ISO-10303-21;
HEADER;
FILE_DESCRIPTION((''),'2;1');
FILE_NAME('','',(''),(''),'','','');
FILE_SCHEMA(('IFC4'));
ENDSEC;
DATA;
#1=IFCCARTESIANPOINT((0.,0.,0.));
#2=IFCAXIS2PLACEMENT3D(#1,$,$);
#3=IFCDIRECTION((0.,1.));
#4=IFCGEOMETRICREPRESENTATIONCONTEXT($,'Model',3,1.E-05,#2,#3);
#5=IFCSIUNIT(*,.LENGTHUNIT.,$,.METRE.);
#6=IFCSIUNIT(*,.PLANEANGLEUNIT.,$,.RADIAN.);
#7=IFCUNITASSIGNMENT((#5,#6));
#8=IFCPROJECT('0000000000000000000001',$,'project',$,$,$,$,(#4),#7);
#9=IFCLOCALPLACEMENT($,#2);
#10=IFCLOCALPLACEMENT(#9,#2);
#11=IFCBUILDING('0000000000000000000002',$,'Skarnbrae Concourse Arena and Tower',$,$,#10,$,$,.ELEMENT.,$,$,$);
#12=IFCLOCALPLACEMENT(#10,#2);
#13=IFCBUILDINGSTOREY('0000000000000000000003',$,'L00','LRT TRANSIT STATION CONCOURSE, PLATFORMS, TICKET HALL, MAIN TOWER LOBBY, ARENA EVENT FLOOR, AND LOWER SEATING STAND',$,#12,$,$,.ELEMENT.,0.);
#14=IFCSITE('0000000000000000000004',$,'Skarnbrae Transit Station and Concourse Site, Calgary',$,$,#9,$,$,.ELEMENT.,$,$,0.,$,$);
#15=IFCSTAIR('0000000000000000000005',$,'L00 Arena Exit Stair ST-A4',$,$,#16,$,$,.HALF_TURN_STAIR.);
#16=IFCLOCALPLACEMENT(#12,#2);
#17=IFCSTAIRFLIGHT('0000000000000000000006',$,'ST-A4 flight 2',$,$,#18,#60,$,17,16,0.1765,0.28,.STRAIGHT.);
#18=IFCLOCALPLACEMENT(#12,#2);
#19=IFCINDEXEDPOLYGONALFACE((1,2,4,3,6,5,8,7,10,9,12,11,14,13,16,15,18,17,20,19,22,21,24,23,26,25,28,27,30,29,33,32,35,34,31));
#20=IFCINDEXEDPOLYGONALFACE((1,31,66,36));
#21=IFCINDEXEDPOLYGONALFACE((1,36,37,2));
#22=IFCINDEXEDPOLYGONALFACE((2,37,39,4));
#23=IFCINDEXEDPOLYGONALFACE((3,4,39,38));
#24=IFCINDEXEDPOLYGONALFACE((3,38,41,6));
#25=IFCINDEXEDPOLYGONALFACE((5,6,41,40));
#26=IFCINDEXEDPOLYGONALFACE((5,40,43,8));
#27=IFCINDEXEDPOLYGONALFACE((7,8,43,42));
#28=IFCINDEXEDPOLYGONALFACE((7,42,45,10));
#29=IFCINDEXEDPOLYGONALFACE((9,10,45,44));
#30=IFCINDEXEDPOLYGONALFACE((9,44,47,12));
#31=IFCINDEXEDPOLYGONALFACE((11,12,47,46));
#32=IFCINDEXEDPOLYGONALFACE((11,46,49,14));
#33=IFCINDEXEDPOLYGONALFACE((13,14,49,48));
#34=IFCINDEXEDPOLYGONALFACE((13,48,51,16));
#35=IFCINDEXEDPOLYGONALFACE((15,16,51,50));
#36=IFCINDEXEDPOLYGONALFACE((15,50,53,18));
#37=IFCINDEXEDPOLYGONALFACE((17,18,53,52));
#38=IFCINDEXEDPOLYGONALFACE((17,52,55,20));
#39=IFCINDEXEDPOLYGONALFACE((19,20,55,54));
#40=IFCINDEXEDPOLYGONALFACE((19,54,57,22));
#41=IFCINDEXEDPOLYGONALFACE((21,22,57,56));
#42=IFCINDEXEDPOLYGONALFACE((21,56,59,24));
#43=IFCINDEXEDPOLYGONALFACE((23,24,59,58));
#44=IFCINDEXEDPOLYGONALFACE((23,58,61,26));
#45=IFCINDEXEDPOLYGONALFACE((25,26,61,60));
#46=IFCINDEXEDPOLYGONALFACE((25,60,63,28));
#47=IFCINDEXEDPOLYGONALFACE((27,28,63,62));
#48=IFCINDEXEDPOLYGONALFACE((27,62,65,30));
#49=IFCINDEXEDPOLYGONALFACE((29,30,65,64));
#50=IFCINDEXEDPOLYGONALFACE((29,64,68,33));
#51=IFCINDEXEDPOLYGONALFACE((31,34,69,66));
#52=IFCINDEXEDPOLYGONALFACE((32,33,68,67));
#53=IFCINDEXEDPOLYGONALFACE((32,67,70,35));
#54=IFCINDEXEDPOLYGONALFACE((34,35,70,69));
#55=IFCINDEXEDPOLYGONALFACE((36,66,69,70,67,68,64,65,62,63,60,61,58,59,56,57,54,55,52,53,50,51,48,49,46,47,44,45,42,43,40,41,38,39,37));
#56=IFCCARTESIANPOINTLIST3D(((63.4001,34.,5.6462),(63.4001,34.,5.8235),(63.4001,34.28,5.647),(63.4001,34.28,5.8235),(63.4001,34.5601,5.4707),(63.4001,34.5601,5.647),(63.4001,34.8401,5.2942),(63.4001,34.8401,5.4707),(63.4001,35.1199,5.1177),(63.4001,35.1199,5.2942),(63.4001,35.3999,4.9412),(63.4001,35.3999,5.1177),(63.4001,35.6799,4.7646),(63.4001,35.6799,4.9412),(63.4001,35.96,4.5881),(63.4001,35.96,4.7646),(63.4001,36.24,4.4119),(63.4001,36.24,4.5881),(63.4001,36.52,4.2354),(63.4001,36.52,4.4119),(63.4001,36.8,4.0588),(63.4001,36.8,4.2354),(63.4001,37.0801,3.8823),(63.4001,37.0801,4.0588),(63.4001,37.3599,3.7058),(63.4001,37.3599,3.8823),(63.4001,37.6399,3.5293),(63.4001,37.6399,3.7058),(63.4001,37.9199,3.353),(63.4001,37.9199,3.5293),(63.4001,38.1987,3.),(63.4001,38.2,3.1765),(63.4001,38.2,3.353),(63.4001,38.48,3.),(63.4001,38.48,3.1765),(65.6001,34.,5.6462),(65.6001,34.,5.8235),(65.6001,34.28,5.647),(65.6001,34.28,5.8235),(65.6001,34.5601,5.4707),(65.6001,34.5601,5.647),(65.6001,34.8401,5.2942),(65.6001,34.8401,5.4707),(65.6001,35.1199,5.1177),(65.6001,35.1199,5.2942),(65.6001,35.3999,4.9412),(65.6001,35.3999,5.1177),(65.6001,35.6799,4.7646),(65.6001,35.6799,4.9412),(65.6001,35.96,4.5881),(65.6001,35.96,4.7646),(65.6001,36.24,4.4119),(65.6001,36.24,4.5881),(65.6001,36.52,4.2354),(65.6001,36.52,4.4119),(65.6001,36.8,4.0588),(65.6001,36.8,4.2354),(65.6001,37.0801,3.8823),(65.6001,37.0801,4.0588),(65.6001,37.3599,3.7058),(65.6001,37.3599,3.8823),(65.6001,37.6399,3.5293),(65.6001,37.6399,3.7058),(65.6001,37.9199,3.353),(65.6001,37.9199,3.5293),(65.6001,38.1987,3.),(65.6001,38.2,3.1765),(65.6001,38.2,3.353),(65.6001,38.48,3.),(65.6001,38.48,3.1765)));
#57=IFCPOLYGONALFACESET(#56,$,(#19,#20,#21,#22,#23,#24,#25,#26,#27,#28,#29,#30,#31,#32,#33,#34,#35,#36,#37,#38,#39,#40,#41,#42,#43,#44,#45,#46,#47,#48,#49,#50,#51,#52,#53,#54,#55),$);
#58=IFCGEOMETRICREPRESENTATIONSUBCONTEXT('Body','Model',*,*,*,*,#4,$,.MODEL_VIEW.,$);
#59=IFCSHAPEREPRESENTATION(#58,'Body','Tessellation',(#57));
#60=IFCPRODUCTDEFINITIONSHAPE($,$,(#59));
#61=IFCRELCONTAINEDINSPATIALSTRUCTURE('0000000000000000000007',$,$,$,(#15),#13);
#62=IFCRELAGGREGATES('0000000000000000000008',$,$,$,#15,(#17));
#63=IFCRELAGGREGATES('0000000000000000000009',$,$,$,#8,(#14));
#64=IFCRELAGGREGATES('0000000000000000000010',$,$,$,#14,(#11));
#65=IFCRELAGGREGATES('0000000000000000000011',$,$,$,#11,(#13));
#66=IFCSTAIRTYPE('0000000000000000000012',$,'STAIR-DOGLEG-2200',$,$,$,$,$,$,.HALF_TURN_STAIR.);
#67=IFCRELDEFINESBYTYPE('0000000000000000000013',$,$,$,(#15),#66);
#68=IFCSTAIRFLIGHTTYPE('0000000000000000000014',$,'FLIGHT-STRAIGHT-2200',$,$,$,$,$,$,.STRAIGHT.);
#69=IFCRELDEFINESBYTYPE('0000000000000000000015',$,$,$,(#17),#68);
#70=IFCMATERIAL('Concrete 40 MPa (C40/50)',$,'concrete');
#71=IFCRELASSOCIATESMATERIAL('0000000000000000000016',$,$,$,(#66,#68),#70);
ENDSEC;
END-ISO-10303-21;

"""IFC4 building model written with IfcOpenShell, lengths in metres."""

from ifc_helpers import new_model, si_unit, direction, frame, origin, place, context, subcontext, project, spatial, polyline, outline, extrude, source, transform, mapped, material, type_object, element, aggregate, save


model = new_model("IFC4")

# Units and contexts
model_context = context("Model", 3, precision=1e-05, world=origin(), true_north=direction((0.0, 1.0)))
body_context = subcontext(model_context, "Body", "Model", "MODEL_VIEW")
ifc_project = project(units=[si_unit("LENGTHUNIT", "METRE"), si_unit("PLANEANGLEUNIT", "RADIAN")], contexts=[model_context])

# Site, building, storey
site_placement = place(None, origin())
site = spatial("IfcSite", under=ifc_project, at=site_placement, Name="Skarnbrae Transit Station and Concourse Site, Calgary", CompositionType="ELEMENT", RefElevation=0.0)
building_placement = place(site_placement, origin())
building = spatial("IfcBuilding", under=site, at=building_placement, Name="Skarnbrae Concourse Arena and Tower", CompositionType="ELEMENT")
storey_placement = place(building_placement, origin())
storey = spatial("IfcBuildingStorey", under=building, at=storey_placement, Name="L00", Description="LRT TRANSIT STATION CONCOURSE, PLATFORMS, TICKET HALL, MAIN TOWER LOBBY, ARENA EVENT FLOOR, AND LOWER SEATING STAND", CompositionType="ELEMENT", Elevation=0.0)

# Stair, stair flight
ifc_material_1 = material(Name="Concrete 40 MPa (C40/50)", Category="concrete")
stair_type = type_object("IfcStairType", Name="STAIR-DOGLEG-2200", PredefinedType="HALF_TURN_STAIR", material=ifc_material_1)
stair_placement = place(storey_placement, origin())
stair = element("IfcStair", 1, at=stair_placement, inside=storey, type_object=stair_type, Name="L00 Arena Exit Stair ST-A4", PredefinedType="HALF_TURN_STAIR")
stair_flight_type = type_object("IfcStairFlightType", Name="FLIGHT-STRAIGHT-2200", PredefinedType="STRAIGHT", material=ifc_material_1)
shared_shape_1 = source(origin(), body_context, "Body", "SweptSolid", [
    extrude(outline(polyline([(0.0, 0.0), (0.0, 0.1765), (0.28, 0.1765), (0.28, 0.353), (0.5601, 0.353), (0.5601, 0.5293), (0.8401, 0.5293), (0.8401, 0.7058), (1.1201, 0.7058), (1.1201, 0.8823), (1.3999, 0.8823), (1.3999, 1.0588), (1.6799, 1.0588), (1.6799, 1.2354), (1.96, 1.2354), (1.96, 1.4119), (2.24, 1.4119), (2.24, 1.5881), (2.52, 1.5881), (2.52, 1.7646), (2.8, 1.7646), (2.8, 1.9412), (3.0801, 1.9412), (3.0801, 2.1177), (3.3601, 2.1177), (3.3601, 2.2942), (3.6399, 2.2942), (3.6399, 2.4707), (3.9199, 2.4707), (3.9199, 2.647), (4.2, 2.647), (4.2, 2.8235), (4.48, 2.8235), (4.48, 3.0), (4.48, 2.6462), (0.2812, 0.0), (0.0, 0.0)])), frame((0.0, 1.1001, 0.0), z_axis=(0.0, -1.0, 0.0), x_axis=(1.0, 0.0, 0.0)), (0.0, 0.0, 1.0), 2.2),
])
stair_flight_placement = place(storey_placement, frame((64.5, 38.48, 3.0), z_axis=(0.0, 0.0, 1.0), x_axis=(0.0, -1.0, 0.0)))
stair_flight = element("IfcStairFlight", 2, at=stair_flight_placement, type_object=stair_flight_type, Name="ST-A4 flight 2", NumberOfRisers=17, NumberOfTreads=16, PredefinedType="STRAIGHT", RiserHeight=0.1765, TreadLength=0.28, context=body_context, shape_type="MappedRepresentation", body=[
    mapped(shared_shape_1, transform((0.0, 0.0, 0.0))),
])
aggregate(stair, [stair_flight])

save(model, "model.ifc")
